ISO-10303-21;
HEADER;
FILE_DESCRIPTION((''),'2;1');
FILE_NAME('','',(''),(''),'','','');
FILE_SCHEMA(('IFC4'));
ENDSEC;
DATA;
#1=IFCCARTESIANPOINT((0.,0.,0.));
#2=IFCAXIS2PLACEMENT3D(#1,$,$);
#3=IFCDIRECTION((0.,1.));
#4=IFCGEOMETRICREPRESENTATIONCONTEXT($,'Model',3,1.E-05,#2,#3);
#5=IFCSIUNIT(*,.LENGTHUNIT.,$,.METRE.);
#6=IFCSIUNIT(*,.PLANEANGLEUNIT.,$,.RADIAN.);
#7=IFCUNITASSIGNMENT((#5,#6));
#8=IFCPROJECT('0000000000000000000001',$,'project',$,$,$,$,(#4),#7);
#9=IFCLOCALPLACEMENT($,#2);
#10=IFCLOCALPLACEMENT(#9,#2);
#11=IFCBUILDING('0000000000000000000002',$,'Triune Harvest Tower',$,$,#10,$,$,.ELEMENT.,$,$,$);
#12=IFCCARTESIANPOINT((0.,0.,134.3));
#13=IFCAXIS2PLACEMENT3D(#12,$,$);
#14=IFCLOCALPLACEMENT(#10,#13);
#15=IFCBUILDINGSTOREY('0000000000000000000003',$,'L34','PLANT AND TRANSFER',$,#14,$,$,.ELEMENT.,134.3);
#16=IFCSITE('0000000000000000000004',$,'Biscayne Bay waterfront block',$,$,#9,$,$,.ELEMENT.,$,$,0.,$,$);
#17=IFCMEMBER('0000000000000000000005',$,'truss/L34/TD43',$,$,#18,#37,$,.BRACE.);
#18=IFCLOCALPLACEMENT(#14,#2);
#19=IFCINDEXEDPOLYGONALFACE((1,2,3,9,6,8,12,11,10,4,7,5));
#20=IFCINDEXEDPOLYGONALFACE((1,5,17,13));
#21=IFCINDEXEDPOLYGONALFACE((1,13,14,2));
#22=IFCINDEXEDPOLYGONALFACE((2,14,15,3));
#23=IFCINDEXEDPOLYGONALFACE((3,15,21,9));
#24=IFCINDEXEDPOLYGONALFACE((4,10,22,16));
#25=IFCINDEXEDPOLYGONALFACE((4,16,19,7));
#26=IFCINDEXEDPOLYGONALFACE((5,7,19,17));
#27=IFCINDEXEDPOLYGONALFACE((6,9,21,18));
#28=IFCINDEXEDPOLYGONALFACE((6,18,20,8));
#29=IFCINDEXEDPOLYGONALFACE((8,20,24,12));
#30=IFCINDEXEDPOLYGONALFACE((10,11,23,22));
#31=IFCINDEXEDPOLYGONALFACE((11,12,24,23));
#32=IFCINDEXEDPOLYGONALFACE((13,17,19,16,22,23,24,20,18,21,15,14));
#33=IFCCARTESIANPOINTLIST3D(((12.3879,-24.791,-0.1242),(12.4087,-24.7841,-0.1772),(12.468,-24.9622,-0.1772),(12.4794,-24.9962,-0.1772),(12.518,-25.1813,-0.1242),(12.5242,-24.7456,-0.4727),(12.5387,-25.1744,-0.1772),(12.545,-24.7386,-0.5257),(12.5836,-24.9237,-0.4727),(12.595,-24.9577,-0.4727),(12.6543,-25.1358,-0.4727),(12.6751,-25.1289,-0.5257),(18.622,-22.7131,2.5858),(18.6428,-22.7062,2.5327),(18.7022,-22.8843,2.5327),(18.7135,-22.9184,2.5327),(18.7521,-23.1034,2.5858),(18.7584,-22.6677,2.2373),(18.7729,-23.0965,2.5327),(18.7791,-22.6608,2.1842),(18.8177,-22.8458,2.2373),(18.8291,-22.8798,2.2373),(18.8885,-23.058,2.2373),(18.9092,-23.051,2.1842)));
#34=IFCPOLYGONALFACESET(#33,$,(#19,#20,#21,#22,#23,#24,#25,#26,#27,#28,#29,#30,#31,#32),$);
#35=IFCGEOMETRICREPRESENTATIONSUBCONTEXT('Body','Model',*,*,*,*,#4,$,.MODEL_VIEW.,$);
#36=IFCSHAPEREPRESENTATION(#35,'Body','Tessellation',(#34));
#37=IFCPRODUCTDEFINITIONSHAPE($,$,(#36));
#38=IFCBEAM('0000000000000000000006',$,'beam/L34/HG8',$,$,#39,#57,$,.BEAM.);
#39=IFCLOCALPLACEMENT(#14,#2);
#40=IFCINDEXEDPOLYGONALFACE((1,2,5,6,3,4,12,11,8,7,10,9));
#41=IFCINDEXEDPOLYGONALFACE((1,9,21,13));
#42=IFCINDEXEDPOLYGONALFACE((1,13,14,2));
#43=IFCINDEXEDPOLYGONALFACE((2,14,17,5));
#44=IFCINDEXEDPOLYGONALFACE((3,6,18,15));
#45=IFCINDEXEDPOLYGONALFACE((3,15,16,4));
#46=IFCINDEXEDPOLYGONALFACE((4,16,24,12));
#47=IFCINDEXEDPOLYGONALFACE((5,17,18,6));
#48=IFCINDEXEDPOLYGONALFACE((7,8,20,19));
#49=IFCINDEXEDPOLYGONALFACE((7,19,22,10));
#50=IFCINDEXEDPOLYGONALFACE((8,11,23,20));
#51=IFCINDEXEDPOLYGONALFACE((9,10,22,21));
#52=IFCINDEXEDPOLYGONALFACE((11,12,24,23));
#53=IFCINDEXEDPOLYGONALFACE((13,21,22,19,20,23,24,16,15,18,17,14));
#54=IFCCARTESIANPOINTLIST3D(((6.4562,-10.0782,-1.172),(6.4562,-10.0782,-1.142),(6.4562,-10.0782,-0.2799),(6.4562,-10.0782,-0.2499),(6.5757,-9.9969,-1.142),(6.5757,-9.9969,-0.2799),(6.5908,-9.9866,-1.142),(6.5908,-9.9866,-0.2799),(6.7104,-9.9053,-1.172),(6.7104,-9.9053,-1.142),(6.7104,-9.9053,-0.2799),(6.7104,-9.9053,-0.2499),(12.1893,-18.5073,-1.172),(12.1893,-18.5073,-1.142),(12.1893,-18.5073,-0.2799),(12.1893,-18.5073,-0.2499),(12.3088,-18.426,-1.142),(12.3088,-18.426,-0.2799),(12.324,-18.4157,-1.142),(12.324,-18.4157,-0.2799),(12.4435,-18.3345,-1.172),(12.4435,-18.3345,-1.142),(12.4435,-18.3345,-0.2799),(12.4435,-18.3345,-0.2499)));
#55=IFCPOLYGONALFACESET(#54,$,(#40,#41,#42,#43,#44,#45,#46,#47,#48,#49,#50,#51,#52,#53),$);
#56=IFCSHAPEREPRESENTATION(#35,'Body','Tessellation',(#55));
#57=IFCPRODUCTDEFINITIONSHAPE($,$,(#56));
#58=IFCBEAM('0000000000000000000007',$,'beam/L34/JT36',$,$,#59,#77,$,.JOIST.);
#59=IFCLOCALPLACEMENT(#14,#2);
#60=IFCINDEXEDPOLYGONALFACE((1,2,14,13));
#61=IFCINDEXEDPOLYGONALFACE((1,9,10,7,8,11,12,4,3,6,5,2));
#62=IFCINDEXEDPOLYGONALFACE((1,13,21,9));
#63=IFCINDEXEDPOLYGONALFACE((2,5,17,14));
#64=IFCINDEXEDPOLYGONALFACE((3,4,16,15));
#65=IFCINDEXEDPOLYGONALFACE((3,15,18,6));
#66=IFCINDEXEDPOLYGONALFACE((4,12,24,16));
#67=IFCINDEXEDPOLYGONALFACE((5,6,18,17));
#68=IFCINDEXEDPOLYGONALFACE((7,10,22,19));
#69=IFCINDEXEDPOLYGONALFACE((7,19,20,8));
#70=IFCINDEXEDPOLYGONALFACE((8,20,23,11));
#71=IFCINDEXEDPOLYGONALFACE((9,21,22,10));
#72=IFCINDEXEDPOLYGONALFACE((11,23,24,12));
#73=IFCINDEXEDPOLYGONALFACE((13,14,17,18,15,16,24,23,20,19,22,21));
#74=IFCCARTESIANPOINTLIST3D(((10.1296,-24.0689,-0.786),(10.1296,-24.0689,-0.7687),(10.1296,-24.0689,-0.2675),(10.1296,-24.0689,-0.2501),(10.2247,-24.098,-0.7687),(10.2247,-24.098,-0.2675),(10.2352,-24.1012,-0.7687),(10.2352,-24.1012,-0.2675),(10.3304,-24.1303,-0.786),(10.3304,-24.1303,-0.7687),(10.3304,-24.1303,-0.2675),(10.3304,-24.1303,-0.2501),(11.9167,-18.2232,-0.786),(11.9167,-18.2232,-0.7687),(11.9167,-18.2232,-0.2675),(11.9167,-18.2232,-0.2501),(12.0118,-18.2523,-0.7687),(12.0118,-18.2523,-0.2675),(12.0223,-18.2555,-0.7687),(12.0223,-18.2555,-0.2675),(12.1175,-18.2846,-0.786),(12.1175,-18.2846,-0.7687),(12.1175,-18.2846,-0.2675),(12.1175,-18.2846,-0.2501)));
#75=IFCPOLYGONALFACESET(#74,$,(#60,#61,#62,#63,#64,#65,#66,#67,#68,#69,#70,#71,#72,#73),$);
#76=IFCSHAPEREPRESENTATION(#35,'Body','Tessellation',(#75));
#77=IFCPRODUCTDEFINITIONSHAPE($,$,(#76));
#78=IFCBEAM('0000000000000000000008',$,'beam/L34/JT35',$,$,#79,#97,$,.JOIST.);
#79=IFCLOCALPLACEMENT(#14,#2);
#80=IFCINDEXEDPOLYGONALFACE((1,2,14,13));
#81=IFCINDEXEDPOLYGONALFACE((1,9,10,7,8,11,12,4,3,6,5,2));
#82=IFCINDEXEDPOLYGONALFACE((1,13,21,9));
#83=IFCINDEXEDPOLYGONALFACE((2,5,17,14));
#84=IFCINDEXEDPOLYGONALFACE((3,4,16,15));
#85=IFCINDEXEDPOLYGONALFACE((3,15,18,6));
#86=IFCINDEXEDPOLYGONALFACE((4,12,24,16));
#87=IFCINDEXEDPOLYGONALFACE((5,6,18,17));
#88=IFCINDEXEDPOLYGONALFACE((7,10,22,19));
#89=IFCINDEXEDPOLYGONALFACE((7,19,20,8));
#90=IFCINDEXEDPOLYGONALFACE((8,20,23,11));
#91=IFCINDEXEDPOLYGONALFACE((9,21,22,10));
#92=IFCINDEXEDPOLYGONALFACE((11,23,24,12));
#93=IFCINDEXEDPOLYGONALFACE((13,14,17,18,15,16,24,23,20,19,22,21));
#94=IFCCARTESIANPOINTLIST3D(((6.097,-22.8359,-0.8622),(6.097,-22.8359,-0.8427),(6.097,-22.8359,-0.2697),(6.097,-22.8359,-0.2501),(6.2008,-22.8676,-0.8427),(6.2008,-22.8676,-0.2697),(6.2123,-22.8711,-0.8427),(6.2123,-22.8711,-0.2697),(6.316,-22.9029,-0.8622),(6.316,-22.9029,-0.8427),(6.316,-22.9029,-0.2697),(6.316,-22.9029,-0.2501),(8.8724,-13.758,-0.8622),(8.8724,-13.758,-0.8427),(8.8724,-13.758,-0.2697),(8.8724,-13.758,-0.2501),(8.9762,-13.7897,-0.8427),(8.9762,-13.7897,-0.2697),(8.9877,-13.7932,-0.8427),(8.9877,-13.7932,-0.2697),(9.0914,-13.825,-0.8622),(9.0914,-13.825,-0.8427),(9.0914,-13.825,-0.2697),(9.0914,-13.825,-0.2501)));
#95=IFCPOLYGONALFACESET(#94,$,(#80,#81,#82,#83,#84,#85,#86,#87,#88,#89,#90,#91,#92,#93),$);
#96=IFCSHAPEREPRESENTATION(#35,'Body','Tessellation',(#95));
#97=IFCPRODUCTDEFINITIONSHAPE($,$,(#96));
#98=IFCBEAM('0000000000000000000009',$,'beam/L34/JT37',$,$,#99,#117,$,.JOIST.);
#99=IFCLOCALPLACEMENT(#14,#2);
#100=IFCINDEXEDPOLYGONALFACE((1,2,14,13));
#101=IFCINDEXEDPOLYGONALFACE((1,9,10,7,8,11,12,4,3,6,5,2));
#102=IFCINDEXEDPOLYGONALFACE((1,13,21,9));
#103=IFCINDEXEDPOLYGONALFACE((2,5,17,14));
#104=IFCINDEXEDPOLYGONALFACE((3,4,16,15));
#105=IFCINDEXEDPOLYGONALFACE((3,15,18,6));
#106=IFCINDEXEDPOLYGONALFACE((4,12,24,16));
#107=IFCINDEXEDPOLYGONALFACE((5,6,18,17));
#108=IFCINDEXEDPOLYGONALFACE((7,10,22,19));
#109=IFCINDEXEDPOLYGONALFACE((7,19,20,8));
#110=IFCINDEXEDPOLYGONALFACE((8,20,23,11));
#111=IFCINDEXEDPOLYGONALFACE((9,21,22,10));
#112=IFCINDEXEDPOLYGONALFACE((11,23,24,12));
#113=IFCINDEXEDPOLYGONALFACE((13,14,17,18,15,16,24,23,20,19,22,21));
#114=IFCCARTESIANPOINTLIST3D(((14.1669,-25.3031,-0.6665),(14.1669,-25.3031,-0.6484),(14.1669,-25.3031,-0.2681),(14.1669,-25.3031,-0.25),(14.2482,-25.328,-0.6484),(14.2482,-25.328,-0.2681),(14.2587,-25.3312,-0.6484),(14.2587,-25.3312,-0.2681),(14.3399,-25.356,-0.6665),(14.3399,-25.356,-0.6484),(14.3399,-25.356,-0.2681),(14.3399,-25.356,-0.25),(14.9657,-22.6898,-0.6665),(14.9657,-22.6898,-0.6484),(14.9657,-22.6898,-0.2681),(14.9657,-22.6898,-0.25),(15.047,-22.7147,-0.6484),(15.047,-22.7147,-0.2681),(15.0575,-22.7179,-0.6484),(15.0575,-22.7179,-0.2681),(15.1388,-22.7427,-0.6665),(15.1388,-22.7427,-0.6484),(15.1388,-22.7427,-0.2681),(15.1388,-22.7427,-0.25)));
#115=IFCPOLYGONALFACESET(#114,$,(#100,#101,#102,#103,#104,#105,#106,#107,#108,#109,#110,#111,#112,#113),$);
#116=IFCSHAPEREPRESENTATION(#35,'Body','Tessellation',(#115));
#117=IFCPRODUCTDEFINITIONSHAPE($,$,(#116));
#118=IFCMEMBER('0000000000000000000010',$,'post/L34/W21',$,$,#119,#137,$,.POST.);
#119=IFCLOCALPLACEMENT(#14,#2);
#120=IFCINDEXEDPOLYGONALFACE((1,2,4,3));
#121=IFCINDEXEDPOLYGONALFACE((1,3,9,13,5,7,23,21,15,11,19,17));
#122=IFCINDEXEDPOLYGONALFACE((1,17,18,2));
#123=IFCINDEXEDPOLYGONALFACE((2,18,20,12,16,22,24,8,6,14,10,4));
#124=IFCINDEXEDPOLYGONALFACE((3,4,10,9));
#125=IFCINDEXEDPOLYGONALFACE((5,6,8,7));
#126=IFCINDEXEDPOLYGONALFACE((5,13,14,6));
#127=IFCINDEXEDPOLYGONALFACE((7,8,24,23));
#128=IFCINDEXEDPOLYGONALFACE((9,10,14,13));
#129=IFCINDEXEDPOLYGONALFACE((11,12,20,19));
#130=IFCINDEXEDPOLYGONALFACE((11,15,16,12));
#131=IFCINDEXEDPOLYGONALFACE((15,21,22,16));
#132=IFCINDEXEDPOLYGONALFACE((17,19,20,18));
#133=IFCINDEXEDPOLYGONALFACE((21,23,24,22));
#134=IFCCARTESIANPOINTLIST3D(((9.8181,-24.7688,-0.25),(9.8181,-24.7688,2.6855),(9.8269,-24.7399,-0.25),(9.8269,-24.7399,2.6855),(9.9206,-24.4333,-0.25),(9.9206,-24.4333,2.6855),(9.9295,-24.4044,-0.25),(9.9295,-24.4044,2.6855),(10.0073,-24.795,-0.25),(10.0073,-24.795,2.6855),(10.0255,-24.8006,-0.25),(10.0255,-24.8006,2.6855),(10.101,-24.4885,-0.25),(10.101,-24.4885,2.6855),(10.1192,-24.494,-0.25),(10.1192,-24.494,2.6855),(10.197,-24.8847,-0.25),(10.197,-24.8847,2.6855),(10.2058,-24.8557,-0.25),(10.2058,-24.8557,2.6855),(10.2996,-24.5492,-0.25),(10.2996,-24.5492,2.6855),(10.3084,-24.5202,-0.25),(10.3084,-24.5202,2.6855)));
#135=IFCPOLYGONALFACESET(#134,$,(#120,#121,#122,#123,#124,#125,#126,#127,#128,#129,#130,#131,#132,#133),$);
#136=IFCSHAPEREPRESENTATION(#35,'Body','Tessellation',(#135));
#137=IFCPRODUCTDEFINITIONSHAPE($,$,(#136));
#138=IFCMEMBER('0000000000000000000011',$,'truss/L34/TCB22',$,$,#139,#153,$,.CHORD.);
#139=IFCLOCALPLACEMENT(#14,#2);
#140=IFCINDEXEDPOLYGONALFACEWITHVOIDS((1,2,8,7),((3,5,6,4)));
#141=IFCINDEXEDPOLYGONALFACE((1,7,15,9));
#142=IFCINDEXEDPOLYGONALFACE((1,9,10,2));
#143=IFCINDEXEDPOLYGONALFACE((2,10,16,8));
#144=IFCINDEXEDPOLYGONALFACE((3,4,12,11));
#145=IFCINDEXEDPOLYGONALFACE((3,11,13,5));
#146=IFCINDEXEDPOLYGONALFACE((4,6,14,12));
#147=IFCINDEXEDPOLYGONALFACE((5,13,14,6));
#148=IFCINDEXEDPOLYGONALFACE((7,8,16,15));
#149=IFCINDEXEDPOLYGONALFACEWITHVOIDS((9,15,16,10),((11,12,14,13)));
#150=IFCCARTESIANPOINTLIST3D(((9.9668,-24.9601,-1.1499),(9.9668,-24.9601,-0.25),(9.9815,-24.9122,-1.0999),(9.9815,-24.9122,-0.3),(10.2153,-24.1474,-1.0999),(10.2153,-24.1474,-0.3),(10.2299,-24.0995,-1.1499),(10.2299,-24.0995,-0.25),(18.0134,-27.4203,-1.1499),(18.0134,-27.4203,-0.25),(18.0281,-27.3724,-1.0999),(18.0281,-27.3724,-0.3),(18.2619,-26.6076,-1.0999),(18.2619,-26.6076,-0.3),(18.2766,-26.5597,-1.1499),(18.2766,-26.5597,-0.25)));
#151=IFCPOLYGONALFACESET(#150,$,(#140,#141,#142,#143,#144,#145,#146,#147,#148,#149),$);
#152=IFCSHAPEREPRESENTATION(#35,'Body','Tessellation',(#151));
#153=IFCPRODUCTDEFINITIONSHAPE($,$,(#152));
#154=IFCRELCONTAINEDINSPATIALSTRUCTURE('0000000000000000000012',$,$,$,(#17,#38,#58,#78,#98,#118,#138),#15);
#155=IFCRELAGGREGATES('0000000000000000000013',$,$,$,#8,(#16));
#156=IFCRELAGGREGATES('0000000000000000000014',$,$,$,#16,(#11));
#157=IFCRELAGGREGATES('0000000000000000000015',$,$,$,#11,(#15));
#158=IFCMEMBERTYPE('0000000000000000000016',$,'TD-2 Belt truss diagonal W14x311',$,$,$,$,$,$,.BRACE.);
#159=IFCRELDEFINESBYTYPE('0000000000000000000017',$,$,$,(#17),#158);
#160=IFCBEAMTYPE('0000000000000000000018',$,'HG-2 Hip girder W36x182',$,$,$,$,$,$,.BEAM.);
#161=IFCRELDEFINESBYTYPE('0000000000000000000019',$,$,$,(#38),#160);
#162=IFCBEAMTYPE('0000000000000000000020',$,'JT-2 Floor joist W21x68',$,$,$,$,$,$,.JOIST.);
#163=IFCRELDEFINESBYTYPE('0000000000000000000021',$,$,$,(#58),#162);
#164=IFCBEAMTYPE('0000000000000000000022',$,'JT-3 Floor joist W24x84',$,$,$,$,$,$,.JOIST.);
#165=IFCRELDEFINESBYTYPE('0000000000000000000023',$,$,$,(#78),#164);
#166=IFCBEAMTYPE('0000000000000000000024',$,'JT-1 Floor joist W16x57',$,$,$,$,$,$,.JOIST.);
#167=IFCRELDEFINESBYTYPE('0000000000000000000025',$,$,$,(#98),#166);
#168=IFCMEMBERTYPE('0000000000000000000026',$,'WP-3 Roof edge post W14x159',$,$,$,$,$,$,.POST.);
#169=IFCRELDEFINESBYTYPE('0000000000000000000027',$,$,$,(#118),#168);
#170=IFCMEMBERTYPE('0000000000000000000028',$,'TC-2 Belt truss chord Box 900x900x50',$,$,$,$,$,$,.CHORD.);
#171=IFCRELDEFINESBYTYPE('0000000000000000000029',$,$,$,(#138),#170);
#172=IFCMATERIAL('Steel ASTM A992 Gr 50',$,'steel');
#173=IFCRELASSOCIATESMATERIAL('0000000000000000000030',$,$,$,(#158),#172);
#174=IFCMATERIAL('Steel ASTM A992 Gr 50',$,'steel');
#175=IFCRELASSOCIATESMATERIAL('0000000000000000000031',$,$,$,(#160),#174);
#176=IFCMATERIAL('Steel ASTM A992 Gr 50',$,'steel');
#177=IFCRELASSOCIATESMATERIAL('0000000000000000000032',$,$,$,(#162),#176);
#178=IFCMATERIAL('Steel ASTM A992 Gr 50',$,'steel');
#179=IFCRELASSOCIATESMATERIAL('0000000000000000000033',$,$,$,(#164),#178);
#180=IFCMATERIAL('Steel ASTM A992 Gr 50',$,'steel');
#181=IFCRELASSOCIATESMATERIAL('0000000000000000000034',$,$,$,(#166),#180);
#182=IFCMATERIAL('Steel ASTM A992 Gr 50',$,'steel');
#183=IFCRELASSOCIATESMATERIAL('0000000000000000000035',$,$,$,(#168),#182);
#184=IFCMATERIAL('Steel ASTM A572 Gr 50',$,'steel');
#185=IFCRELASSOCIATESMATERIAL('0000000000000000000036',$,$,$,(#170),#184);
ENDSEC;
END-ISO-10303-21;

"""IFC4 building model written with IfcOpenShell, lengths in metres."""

from ifc_helpers import new_model, si_unit, direction, frame, origin, origin_2d, place, context, subcontext, project, spatial, hollow_rectangle, i_section, extrude, source, transform, mapped, material, material_profile, profile_set, type_object, element, save


model = new_model("IFC4")

# Units and contexts
model_context = context("Model", 3, precision=1e-05, world=origin(), true_north=direction((0.0, 1.0)))
body_context = subcontext(model_context, "Body", "Model", "MODEL_VIEW")
ifc_project = project(units=[si_unit("LENGTHUNIT", "METRE"), si_unit("PLANEANGLEUNIT", "RADIAN")], contexts=[model_context])

# Site, building, storey
site_placement = place(None, origin())
site = spatial("IfcSite", under=ifc_project, at=site_placement, Name="Biscayne Bay waterfront block", CompositionType="ELEMENT", RefElevation=0.0)
building_placement = place(site_placement, origin())
building = spatial("IfcBuilding", under=site, at=building_placement, Name="Triune Harvest Tower", CompositionType="ELEMENT")
storey_placement = place(building_placement, frame((0.0, 0.0, 134.3)))
storey = spatial("IfcBuildingStorey", under=building, at=storey_placement, Name="L34", Description="PLANT AND TRANSFER", CompositionType="ELEMENT", Elevation=134.3)

# Member
ifc_material_1 = material(Name="Steel ASTM A992 Gr 50", Category="steel")
ifc_material_profile_1 = material_profile(ifc_material_1, i_section(OverallWidth=0.4114, OverallDepth=0.4343, WebThickness=0.0359, FlangeThickness=0.0574, at=origin_2d()), Name="W14x311")
ifc_profile_set_1 = profile_set([ifc_material_profile_1], Name="Steel ASTM A992 Gr 50")
member_type_1 = type_object("IfcMemberType", Name="TD-2 Belt truss diagonal W14x311", PredefinedType="BRACE", material=ifc_profile_set_1)
member_1_placement = place(storey_placement, frame((12.5315, -24.96, -0.325), z_axis=(0.877039, 0.292324, 0.381247), x_axis=(-0.316205, 0.948691, 0.0)))
element("IfcMember", 1, at=member_1_placement, inside=storey, type_object=member_type_1, Name="truss/L34/TD43", PredefinedType="BRACE", context=body_context, shape_type="SweptSolid", body=[
    extrude(i_section(OverallWidth=0.4114, OverallDepth=0.4343, WebThickness=0.0359, FlangeThickness=0.0574, at=origin_2d()), origin(), (0.0, 0.0, 1.0), 7.1082),
])

# Beams
ifc_material_2 = material(Name="Steel ASTM A992 Gr 50", Category="steel")
ifc_material_profile_2 = material_profile(ifc_material_2, i_section(OverallWidth=0.3074, OverallDepth=0.9221, WebThickness=0.0183, FlangeThickness=0.03, at=origin_2d()), Name="W36x182")
ifc_profile_set_2 = profile_set([ifc_material_profile_2], Name="Steel ASTM A992 Gr 50")
beam_type_1 = type_object("IfcBeamType", Name="HG-2 Hip girder W36x182", PredefinedType="BEAM", material=ifc_profile_set_2)
shared_shape_1 = source(origin(), body_context, "Body", "SweptSolid", [
    extrude(i_section(OverallWidth=0.3074, OverallDepth=0.9221, WebThickness=0.0183, FlangeThickness=0.03, at=origin_2d()), origin(), (0.0, 0.0, 1.0), 10.1941),
])
beam_1_placement = place(storey_placement, frame((12.3164, -18.4209, -0.7109), z_axis=(-0.562397, 0.826867, 0.0), x_axis=(-0.826867, -0.562397, 0.0)))
element("IfcBeam", 2, at=beam_1_placement, inside=storey, type_object=beam_type_1, Name="beam/L34/HG8", PredefinedType="BEAM", context=body_context, shape_type="MappedRepresentation", body=[
    mapped(shared_shape_1, transform((0.0, 0.0, 0.0), scale=1.0)),
])
ifc_material_3 = material(Name="Steel ASTM A992 Gr 50", Category="steel")
ifc_material_profile_3 = material_profile(ifc_material_3, i_section(OverallWidth=0.21, OverallDepth=0.5359, WebThickness=0.011, FlangeThickness=0.0173, at=origin_2d()), Name="W21x68")
ifc_profile_set_3 = profile_set([ifc_material_profile_3], Name="Steel ASTM A992 Gr 50")
beam_type_2 = type_object("IfcBeamType", Name="JT-2 Floor joist W21x68", PredefinedType="JOIST", material=ifc_profile_set_3)
shared_shape_2 = source(origin(), body_context, "Body", "SweptSolid", [
    extrude(i_section(OverallWidth=0.21, OverallDepth=0.5359, WebThickness=0.011, FlangeThickness=0.0173, at=origin_2d()), origin(), (0.0, 0.0, 1.0), 6.1128),
])
beam_2_placement = place(storey_placement, frame((10.23, -24.0996, -0.5181), z_axis=(0.292357, 0.956309, 0.0), x_axis=(-0.956309, 0.292357, 0.0)))
element("IfcBeam", 3, at=beam_2_placement, inside=storey, type_object=beam_type_2, Name="beam/L34/JT36", PredefinedType="JOIST", context=body_context, shape_type="MappedRepresentation", body=[
    mapped(shared_shape_2, transform((0.0, 0.0, 0.0), scale=1.0)),
])
ifc_material_4 = material(Name="Steel ASTM A992 Gr 50", Category="steel")
ifc_material_profile_4 = material_profile(ifc_material_4, i_section(OverallWidth=0.229, OverallDepth=0.6121, WebThickness=0.012, FlangeThickness=0.0195, at=origin_2d()), Name="W24x84")
ifc_profile_set_4 = profile_set([ifc_material_profile_4], Name="Steel ASTM A992 Gr 50")
beam_type_3 = type_object("IfcBeamType", Name="JT-3 Floor joist W24x84", PredefinedType="JOIST", material=ifc_profile_set_4)
shared_shape_3 = source(origin(), body_context, "Body", "SweptSolid", [
    extrude(i_section(OverallWidth=0.229, OverallDepth=0.6121, WebThickness=0.012, FlangeThickness=0.0195, at=origin_2d()), origin(), (0.0, 0.0, 1.0), 9.4927),
])
beam_3_placement = place(storey_placement, frame((6.2065, -22.8694, -0.5562), z_axis=(0.292372, 0.956305, 0.0), x_axis=(-0.956305, 0.292372, 0.0)))
element("IfcBeam", 4, at=beam_3_placement, inside=storey, type_object=beam_type_3, Name="beam/L34/JT35", PredefinedType="JOIST", context=body_context, shape_type="MappedRepresentation", body=[
    mapped(shared_shape_3, transform((0.0, 0.0, 0.0), scale=1.0)),
])
ifc_material_5 = material(Name="Steel ASTM A992 Gr 50", Category="steel")
ifc_material_profile_5 = material_profile(ifc_material_5, i_section(OverallWidth=0.1809, OverallDepth=0.4165, WebThickness=0.011, FlangeThickness=0.0181, at=origin_2d()), Name="W16x57")
ifc_profile_set_5 = profile_set([ifc_material_profile_5], Name="Steel ASTM A992 Gr 50")
beam_type_4 = type_object("IfcBeamType", Name="JT-1 Floor joist W16x57", PredefinedType="JOIST", material=ifc_profile_set_5)
shared_shape_4 = source(origin(), body_context, "Body", "SweptSolid", [
    extrude(i_section(OverallWidth=0.1809, OverallDepth=0.4165, WebThickness=0.011, FlangeThickness=0.0181, at=origin_2d()), origin(), (0.0, 0.0, 1.0), 2.7327),
])
beam_4_placement = place(storey_placement, frame((14.2534, -25.3296, -0.4583), z_axis=(0.292327, 0.956318, 0.0), x_axis=(-0.956318, 0.292327, 0.0)))
element("IfcBeam", 5, at=beam_4_placement, inside=storey, type_object=beam_type_4, Name="beam/L34/JT37", PredefinedType="JOIST", context=body_context, shape_type="MappedRepresentation", body=[
    mapped(shared_shape_4, transform((0.0, 0.0, 0.0), scale=1.0)),
])

# Members
ifc_material_6 = material(Name="Steel ASTM A992 Gr 50", Category="steel")
ifc_material_profile_6 = material_profile(ifc_material_6, i_section(OverallWidth=0.3962, OverallDepth=0.3811, WebThickness=0.019, FlangeThickness=0.0303, at=origin_2d()), Name="W14x159")
ifc_profile_set_6 = profile_set([ifc_material_profile_6], Name="Steel ASTM A992 Gr 50")
member_type_2 = type_object("IfcMemberType", Name="WP-3 Roof edge post W14x159", PredefinedType="POST", material=ifc_profile_set_6)
shared_shape_5 = source(origin(), body_context, "Body", "SweptSolid", [
    extrude(i_section(OverallWidth=0.3962, OverallDepth=0.3811, WebThickness=0.019, FlangeThickness=0.0303, at=origin_2d()), origin(), (0.0, 0.0, 1.0), 2.9355),
])
member_2_placement = place(storey_placement, frame((10.0632, -24.6445, -0.25), z_axis=(0.0, 0.0, 1.0), x_axis=(0.956305, -0.292372, 0.0)))
element("IfcMember", 6, at=member_2_placement, inside=storey, type_object=member_type_2, Name="post/L34/W21", PredefinedType="POST", context=body_context, shape_type="MappedRepresentation", body=[
    mapped(shared_shape_5, transform((0.0, 0.0, 0.0), scale=1.0)),
])
ifc_material_7 = material(Name="Steel ASTM A572 Gr 50", Category="steel")
ifc_material_profile_7 = material_profile(ifc_material_7, hollow_rectangle(XDim=0.8999, YDim=0.8999, WallThickness=0.05, at=origin_2d()), Name="Box 900x900x50")
ifc_profile_set_7 = profile_set([ifc_material_profile_7], Name="Steel ASTM A572 Gr 50")
member_type_3 = type_object("IfcMemberType", Name="TC-2 Belt truss chord Box 900x900x50", PredefinedType="CHORD", material=ifc_profile_set_7)
shared_shape_6 = source(origin(), body_context, "Body", "SweptSolid", [
    extrude(hollow_rectangle(XDim=0.8999, YDim=0.8999, WallThickness=0.05, at=origin_2d()), origin(), (0.0, 0.0, 1.0), 8.4143),
])
member_3_placement = place(storey_placement, frame((10.0984, -24.5298, -0.7), z_axis=(0.956301, -0.292383, 0.0), x_axis=(0.292383, 0.956301, 0.0)))
element("IfcMember", 7, at=member_3_placement, inside=storey, type_object=member_type_3, Name="truss/L34/TCB22", PredefinedType="CHORD", context=body_context, shape_type="MappedRepresentation", body=[
    mapped(shared_shape_6, transform((0.0, 0.0, 0.0), scale=1.0)),
])

save(model, "model.ifc")
